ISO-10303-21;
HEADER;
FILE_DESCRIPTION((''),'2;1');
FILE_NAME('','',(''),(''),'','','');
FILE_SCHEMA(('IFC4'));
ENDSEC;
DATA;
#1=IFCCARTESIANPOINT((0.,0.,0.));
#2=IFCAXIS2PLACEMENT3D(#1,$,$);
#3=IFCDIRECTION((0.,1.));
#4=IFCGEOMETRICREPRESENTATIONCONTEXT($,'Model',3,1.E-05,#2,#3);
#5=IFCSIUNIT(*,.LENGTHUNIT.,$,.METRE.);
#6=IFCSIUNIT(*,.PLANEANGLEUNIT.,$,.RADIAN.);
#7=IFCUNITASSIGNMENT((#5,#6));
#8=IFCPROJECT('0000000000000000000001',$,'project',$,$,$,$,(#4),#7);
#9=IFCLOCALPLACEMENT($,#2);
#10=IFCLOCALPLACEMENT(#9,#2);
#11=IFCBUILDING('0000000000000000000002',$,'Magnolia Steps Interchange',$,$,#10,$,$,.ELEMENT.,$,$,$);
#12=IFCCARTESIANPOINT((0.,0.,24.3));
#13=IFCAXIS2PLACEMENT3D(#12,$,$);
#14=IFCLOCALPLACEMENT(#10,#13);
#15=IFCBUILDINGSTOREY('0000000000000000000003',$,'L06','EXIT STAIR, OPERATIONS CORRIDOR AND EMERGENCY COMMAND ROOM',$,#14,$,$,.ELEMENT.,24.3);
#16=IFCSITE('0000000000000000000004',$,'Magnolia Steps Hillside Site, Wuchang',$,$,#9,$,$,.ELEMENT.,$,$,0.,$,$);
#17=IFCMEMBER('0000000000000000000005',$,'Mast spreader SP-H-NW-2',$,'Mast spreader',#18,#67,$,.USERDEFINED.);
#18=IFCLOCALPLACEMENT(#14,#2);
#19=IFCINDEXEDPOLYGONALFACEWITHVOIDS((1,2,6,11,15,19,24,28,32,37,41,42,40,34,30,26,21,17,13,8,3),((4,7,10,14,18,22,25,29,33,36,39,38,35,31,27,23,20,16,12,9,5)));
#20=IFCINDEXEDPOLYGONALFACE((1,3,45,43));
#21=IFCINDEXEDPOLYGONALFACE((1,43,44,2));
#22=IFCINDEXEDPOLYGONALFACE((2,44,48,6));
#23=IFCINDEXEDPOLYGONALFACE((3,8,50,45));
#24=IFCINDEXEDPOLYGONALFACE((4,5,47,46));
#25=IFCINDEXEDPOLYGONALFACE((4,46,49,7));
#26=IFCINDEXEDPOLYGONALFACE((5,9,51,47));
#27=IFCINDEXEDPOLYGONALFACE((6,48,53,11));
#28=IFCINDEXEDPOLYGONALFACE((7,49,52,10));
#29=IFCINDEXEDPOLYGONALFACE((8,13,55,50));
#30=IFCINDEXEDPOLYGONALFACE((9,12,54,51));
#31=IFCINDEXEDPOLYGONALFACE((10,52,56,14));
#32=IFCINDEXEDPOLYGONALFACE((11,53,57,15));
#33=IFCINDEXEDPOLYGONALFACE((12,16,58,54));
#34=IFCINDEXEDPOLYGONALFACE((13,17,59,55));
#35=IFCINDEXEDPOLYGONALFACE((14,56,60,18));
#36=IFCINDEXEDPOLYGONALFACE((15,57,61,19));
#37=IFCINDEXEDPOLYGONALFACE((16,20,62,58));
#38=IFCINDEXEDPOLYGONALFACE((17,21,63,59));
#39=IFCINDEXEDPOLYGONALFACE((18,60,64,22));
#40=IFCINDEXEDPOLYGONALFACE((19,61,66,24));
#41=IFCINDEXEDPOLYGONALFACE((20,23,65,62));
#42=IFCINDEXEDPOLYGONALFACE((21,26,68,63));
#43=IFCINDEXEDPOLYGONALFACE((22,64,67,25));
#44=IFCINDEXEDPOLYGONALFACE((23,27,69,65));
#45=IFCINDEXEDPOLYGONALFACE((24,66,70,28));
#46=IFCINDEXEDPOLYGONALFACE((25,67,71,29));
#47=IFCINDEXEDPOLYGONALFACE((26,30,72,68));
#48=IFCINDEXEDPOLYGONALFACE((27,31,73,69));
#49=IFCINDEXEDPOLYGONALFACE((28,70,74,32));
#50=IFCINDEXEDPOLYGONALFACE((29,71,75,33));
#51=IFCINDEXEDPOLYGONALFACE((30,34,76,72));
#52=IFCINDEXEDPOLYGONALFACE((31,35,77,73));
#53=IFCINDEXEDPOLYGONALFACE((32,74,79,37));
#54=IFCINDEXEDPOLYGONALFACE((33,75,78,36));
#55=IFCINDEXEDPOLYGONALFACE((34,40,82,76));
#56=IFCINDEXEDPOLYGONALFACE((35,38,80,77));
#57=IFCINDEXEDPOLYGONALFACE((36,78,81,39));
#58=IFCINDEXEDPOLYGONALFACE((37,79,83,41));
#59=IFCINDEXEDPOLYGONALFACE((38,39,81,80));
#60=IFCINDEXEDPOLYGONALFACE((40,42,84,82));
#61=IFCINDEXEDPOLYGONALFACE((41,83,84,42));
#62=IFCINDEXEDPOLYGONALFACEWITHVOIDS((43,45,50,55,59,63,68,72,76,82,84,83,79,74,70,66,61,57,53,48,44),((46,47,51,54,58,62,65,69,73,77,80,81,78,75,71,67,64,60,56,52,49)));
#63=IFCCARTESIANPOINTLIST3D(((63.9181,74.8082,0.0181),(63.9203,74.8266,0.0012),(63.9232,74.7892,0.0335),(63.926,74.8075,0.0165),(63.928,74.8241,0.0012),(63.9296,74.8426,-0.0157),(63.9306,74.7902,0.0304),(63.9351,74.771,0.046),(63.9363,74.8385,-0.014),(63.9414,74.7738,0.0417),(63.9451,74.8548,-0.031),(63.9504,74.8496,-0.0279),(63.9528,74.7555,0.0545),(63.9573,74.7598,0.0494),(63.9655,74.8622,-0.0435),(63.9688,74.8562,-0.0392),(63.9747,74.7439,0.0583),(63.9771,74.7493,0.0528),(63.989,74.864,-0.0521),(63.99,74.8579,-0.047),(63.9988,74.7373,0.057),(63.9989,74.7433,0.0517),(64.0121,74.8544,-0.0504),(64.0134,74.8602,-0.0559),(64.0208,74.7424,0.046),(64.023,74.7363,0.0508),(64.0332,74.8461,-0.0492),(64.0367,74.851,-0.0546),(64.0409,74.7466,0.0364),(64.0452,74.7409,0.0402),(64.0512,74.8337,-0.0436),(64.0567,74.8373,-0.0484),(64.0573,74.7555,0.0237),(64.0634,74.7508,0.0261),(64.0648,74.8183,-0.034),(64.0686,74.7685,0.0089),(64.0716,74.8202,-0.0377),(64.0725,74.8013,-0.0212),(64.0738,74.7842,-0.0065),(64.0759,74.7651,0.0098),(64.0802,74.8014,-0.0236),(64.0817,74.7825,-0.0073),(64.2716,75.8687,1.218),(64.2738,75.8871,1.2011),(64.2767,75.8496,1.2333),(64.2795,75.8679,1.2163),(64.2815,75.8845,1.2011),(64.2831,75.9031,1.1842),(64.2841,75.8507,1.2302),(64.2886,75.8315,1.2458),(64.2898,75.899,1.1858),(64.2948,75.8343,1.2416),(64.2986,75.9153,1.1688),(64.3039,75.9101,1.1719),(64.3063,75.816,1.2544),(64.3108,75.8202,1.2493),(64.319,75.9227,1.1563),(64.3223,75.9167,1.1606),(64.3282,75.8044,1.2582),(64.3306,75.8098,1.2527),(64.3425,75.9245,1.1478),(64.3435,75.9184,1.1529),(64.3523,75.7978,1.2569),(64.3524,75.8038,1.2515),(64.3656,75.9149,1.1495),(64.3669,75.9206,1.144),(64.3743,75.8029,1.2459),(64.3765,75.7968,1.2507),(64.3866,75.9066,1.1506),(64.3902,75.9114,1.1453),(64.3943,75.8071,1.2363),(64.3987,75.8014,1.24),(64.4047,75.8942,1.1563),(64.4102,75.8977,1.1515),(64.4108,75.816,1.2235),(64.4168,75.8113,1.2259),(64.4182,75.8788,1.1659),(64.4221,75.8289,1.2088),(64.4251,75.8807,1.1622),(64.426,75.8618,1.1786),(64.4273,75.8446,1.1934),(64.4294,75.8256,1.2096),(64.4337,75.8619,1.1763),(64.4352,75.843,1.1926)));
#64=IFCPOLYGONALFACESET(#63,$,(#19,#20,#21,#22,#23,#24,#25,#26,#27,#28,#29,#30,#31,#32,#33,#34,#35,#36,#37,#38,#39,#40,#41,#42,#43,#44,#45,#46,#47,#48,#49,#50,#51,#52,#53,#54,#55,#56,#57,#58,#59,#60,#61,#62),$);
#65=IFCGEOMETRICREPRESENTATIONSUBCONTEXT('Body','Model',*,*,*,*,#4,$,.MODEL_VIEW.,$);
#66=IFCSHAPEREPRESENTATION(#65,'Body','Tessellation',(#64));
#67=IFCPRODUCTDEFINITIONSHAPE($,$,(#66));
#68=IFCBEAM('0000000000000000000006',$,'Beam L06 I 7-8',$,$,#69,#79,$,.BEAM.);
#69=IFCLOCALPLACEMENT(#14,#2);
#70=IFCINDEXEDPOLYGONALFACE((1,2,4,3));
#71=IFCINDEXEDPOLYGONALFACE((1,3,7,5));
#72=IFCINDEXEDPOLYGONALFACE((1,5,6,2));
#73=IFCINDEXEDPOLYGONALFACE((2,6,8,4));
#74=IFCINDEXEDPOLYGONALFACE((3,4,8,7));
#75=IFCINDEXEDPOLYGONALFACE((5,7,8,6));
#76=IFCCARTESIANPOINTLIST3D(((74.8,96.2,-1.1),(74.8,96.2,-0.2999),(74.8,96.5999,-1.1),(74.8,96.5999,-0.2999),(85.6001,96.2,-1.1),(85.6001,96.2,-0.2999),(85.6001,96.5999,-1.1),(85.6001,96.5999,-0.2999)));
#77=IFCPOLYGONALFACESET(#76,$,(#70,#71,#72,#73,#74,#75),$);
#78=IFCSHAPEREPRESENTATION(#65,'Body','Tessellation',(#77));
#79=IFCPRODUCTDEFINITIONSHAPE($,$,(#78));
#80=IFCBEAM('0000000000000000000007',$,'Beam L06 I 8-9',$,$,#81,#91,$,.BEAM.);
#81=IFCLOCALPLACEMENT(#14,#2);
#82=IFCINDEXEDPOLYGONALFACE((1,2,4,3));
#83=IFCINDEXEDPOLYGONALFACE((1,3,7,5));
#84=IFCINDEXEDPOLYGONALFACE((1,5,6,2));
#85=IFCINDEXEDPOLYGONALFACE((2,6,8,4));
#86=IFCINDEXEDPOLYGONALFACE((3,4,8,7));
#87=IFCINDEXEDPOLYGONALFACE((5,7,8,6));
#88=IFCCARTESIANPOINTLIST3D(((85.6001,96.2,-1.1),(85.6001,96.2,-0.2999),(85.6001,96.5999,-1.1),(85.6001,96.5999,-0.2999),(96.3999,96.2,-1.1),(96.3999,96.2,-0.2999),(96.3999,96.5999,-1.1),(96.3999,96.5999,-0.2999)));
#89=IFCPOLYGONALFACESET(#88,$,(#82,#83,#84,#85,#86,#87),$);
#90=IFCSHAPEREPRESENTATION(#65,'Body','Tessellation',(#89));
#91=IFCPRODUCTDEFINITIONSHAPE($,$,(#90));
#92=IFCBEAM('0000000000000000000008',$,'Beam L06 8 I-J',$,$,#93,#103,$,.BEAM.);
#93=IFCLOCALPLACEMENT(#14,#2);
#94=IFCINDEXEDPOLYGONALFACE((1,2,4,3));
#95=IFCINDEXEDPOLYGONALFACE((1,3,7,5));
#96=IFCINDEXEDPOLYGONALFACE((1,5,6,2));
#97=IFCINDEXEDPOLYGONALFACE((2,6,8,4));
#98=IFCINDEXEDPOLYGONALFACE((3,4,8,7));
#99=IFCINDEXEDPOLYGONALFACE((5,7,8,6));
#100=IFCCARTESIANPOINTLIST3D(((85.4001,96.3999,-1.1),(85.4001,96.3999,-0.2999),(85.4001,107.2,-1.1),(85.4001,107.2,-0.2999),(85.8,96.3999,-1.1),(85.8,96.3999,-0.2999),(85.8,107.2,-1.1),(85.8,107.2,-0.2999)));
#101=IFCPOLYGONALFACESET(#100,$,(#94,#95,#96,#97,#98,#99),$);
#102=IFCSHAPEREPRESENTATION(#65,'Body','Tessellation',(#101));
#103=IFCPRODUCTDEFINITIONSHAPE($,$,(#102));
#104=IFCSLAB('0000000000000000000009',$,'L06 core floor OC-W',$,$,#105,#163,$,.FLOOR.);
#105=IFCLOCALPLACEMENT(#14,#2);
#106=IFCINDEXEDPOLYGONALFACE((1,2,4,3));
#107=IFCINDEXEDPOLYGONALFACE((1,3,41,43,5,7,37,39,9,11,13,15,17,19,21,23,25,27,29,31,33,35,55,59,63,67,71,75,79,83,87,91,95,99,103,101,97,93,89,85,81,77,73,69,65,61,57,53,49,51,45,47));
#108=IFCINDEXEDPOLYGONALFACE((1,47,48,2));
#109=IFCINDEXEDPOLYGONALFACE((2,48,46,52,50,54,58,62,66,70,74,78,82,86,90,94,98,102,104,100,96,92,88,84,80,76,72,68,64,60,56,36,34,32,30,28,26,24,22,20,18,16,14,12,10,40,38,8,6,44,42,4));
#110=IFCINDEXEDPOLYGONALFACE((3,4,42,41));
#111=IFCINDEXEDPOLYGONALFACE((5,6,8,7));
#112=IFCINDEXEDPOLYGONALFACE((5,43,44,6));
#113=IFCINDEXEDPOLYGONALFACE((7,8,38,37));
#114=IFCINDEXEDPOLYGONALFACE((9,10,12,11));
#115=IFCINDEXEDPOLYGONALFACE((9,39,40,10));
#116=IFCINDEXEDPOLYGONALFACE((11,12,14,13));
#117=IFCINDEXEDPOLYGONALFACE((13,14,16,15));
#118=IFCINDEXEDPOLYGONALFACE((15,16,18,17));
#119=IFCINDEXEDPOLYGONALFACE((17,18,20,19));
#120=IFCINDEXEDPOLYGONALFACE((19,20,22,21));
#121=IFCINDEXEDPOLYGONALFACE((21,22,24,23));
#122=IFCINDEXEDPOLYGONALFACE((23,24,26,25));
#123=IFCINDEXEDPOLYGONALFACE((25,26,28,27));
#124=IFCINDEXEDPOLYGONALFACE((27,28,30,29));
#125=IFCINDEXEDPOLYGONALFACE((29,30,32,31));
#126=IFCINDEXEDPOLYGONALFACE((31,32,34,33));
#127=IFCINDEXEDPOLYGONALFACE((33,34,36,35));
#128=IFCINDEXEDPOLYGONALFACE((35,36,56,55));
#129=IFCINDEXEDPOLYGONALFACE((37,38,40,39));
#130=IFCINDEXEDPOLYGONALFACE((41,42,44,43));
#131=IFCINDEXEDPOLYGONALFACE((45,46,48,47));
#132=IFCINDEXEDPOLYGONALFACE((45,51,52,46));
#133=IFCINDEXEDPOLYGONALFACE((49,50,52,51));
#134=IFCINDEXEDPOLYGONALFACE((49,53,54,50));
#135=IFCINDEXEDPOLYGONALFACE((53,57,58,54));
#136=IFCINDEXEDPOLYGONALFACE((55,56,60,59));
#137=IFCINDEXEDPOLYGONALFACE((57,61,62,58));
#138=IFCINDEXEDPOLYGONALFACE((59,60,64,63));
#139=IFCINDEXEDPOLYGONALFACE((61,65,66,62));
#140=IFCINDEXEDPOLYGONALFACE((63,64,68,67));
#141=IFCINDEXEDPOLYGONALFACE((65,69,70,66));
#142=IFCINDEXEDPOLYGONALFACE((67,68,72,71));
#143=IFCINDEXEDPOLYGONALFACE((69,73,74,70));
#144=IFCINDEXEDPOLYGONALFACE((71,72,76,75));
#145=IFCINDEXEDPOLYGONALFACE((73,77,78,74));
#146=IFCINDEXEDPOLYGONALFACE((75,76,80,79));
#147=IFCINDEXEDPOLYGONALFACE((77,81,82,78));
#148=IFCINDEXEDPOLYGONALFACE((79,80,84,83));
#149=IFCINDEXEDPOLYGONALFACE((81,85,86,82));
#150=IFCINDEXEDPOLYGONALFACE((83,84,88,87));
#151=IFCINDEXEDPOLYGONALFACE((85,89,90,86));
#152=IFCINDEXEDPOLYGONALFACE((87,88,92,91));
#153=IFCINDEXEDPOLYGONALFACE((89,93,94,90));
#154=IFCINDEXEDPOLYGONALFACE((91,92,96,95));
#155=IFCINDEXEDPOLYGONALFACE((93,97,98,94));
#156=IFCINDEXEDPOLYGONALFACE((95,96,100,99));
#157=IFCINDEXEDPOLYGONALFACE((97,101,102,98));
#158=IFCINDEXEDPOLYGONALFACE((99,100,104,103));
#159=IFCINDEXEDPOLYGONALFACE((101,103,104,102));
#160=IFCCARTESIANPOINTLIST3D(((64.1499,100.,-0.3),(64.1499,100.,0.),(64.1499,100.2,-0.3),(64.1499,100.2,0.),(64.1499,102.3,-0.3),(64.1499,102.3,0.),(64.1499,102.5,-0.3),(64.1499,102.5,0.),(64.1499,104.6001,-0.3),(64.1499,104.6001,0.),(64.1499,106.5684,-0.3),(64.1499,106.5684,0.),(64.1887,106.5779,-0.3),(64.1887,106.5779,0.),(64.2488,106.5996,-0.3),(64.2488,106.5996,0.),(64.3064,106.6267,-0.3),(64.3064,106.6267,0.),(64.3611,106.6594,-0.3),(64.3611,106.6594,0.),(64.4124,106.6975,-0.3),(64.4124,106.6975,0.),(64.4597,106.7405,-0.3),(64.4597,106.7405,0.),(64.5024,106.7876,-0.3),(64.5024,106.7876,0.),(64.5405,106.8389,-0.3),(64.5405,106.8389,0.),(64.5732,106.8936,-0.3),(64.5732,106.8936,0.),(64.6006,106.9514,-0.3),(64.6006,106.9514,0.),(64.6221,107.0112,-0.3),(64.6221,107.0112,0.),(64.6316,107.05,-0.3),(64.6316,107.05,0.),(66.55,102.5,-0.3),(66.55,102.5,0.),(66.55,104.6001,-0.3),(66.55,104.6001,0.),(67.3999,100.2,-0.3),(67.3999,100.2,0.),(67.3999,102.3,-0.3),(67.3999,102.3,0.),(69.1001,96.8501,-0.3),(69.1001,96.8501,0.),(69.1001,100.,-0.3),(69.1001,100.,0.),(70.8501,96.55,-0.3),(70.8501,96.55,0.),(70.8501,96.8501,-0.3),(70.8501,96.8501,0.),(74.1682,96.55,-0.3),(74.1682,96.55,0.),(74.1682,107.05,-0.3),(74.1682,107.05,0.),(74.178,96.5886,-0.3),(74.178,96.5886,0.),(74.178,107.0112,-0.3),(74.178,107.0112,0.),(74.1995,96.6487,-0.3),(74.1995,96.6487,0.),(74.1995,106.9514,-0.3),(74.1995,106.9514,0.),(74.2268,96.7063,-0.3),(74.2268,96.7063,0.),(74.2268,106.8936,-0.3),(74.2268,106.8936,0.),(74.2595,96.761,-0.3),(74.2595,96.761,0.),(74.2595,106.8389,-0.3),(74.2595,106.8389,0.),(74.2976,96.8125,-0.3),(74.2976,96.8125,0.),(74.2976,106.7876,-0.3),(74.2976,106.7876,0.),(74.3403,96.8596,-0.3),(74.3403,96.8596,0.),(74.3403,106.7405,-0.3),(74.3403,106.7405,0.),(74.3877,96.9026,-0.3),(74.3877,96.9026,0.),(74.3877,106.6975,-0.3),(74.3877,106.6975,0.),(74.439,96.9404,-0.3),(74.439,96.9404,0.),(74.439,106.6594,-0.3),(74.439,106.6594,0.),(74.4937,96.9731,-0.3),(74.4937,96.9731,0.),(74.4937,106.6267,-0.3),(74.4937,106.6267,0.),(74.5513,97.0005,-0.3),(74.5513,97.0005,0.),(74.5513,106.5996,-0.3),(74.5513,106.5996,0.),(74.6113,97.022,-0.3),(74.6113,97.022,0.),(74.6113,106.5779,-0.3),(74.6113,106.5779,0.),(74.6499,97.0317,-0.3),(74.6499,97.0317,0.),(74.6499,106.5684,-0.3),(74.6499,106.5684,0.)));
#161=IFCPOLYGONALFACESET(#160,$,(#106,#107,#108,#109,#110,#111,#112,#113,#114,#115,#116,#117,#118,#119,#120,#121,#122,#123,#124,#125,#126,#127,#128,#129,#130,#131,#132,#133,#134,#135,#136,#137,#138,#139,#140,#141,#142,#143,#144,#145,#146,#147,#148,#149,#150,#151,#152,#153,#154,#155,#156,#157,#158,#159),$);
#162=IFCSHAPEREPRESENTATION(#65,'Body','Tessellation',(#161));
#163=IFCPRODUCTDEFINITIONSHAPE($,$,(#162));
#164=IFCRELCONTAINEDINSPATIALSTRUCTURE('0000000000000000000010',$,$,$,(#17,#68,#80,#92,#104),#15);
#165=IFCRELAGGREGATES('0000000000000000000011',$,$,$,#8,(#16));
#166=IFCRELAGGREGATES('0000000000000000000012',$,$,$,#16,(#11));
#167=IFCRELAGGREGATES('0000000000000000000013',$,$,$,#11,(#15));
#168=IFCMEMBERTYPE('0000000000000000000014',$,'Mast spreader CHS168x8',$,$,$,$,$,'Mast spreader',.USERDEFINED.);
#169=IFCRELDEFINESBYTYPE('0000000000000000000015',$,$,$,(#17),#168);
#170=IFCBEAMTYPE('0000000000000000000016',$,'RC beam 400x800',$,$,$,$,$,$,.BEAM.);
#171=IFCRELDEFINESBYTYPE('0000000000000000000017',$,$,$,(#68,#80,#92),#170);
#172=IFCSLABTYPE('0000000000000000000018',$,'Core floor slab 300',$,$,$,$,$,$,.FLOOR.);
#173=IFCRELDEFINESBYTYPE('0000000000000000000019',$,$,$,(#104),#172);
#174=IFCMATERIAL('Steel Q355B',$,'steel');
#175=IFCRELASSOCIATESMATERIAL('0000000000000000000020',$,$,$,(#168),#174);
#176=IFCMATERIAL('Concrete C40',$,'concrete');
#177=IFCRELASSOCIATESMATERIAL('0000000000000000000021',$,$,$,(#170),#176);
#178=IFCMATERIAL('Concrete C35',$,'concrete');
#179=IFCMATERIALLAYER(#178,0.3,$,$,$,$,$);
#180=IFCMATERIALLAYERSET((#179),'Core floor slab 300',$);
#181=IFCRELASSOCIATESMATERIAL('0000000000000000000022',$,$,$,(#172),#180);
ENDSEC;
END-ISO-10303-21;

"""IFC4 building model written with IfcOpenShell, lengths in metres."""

from ifc_helpers import new_model, si_unit, direction, frame, origin, origin_2d, place, context, subcontext, project, spatial, polyline, rectangle, hollow_circle, outline, extrude, material, layer, layer_set, material_profile, profile_set, type_object, element, save


model = new_model("IFC4")

# Units and contexts
model_context = context("Model", 3, precision=1e-05, world=origin(), true_north=direction((0.0, 1.0)))
body_context = subcontext(model_context, "Body", "Model", "MODEL_VIEW")
ifc_project = project(units=[si_unit("LENGTHUNIT", "METRE"), si_unit("PLANEANGLEUNIT", "RADIAN")], contexts=[model_context])

# Site, building, storey
site_placement = place(None, origin())
site = spatial("IfcSite", under=ifc_project, at=site_placement, Name="Magnolia Steps Hillside Site, Wuchang", CompositionType="ELEMENT", RefElevation=0.0)
building_placement = place(site_placement, origin())
building = spatial("IfcBuilding", under=site, at=building_placement, Name="Magnolia Steps Interchange", CompositionType="ELEMENT")
storey_placement = place(building_placement, frame((0.0, 0.0, 24.3)))
storey = spatial("IfcBuildingStorey", under=building, at=storey_placement, Name="L06", Description="EXIT STAIR, OPERATIONS CORRIDOR AND EMERGENCY COMMAND ROOM", CompositionType="ELEMENT", Elevation=24.3)

# Member
ifc_material_1 = material(Name="Steel Q355B", Category="steel")
ifc_material_profile_1 = material_profile(ifc_material_1, hollow_circle(Radius=0.084, WallThickness=0.0081, at=origin_2d()), Name="CHS168x8")
ifc_profile_set_1 = profile_set([ifc_material_profile_1], Name="Steel Q355B")
member_type_1 = type_object("IfcMemberType", Name="Mast spreader CHS168x8", ElementType="Mast spreader", PredefinedType="USERDEFINED", material=ifc_profile_set_1)
member_1_placement = place(storey_placement, frame((64.0, 74.8, 0.0012), z_axis=(0.215558, 0.646673, 0.731675), x_axis=(-0.948683, 0.316228, 0.0)))
element("IfcMember", 1, at=member_1_placement, inside=storey, type_object=member_type_1, Name="Mast spreader SP-H-NW-2", ObjectType="Mast spreader", PredefinedType="USERDEFINED", context=body_context, shape_type="SweptSolid", body=[
    extrude(hollow_circle(Radius=0.084, WallThickness=0.0081, at=origin_2d()), origin(), (0.0, 0.0, 1.0), 1.6399),
])

# Beams
ifc_material_2 = material(Name="Concrete C40", Category="concrete")
ifc_material_profile_2 = material_profile(ifc_material_2, rectangle(XDim=0.3999, YDim=0.8, at=origin_2d()), Name="RC400x800")
ifc_profile_set_2 = profile_set([ifc_material_profile_2], Name="Concrete C40")
beam_type = type_object("IfcBeamType", Name="RC beam 400x800", PredefinedType="BEAM", material=ifc_profile_set_2)
beam_1_placement = place(storey_placement, frame((74.8, 96.3999, -0.7), z_axis=(1.0, 0.0, 0.0), x_axis=(0.0, 1.0, 0.0)))
element("IfcBeam", 2, at=beam_1_placement, inside=storey, type_object=beam_type, Name="Beam L06 I 7-8", PredefinedType="BEAM", context=body_context, shape_type="SweptSolid", body=[
    extrude(rectangle(XDim=0.3999, YDim=0.8, at=origin_2d()), origin(), (0.0, 0.0, 1.0), 10.8),
])
beam_2_placement = place(storey_placement, frame((85.6001, 96.3999, -0.7), z_axis=(1.0, 0.0, 0.0), x_axis=(0.0, 1.0, 0.0)))
element("IfcBeam", 3, at=beam_2_placement, inside=storey, type_object=beam_type, Name="Beam L06 I 8-9", PredefinedType="BEAM", context=body_context, shape_type="SweptSolid", body=[
    extrude(rectangle(XDim=0.3999, YDim=0.8, at=origin_2d()), origin(), (0.0, 0.0, 1.0), 10.7998),
])
beam_3_placement = place(storey_placement, frame((85.6001, 96.3999, -0.7), z_axis=(0.0, 1.0, 0.0), x_axis=(-1.0, 0.0, 0.0)))
element("IfcBeam", 4, at=beam_3_placement, inside=storey, type_object=beam_type, Name="Beam L06 8 I-J", PredefinedType="BEAM", context=body_context, shape_type="SweptSolid", body=[
    extrude(rectangle(XDim=0.3999, YDim=0.8, at=origin_2d()), origin(), (0.0, 0.0, 1.0), 10.8),
])

# Slab
ifc_material_3 = material(Name="Concrete C35", Category="concrete")
ifc_layer_1 = layer(ifc_material_3, 0.3)
ifc_layer_set_1 = layer_set([ifc_layer_1], Name="Core floor slab 300")
slab_type_1 = type_object("IfcSlabType", Name="Core floor slab 300", PredefinedType="FLOOR", material=ifc_layer_set_1)
slab_1_placement = place(storey_placement, frame((0.0, 0.0, -0.3)))
element("IfcSlab", 5, at=slab_1_placement, inside=storey, type_object=slab_type_1, Name="L06 core floor OC-W", PredefinedType="FLOOR", context=body_context, shape_type="SweptSolid", body=[
    extrude(outline(polyline([(70.8501, 96.8501), (69.1001, 96.8501), (69.1001, 100.0), (64.1499, 100.0), (64.1499, 100.2), (67.3999, 100.2), (67.3999, 102.3), (64.1499, 102.3), (64.1499, 102.5), (66.55, 102.5), (66.55, 104.6001), (64.1499, 104.6001), (64.1499, 106.5684), (64.1887, 106.5779), (64.2488, 106.5996), (64.3064, 106.6267), (64.3611, 106.6594), (64.4124, 106.6975), (64.4597, 106.7405), (64.5024, 106.7876), (64.5405, 106.8389), (64.5732, 106.8936), (64.6006, 106.9514), (64.6221, 107.0112), (64.6316, 107.05), (74.1682, 107.05), (74.178, 107.0112), (74.1995, 106.9514), (74.2268, 106.8936), (74.2595, 106.8389), (74.2976, 106.7876), (74.3403, 106.7405), (74.3877, 106.6975), (74.439, 106.6594), (74.4937, 106.6267), (74.5513, 106.5996), (74.6113, 106.5779), (74.6499, 106.5684), (74.6499, 97.0317), (74.6113, 97.022), (74.5513, 97.0005), (74.4937, 96.9731), (74.439, 96.9404), (74.3877, 96.9026), (74.3403, 96.8596), (74.2976, 96.8125), (74.2595, 96.761), (74.2268, 96.7063), (74.1995, 96.6487), (74.178, 96.5886), (74.1682, 96.55), (70.8501, 96.55), (70.8501, 96.8501)])), origin(), (0.0, 0.0, 1.0), 0.3),
])

save(model, "model.ifc")
